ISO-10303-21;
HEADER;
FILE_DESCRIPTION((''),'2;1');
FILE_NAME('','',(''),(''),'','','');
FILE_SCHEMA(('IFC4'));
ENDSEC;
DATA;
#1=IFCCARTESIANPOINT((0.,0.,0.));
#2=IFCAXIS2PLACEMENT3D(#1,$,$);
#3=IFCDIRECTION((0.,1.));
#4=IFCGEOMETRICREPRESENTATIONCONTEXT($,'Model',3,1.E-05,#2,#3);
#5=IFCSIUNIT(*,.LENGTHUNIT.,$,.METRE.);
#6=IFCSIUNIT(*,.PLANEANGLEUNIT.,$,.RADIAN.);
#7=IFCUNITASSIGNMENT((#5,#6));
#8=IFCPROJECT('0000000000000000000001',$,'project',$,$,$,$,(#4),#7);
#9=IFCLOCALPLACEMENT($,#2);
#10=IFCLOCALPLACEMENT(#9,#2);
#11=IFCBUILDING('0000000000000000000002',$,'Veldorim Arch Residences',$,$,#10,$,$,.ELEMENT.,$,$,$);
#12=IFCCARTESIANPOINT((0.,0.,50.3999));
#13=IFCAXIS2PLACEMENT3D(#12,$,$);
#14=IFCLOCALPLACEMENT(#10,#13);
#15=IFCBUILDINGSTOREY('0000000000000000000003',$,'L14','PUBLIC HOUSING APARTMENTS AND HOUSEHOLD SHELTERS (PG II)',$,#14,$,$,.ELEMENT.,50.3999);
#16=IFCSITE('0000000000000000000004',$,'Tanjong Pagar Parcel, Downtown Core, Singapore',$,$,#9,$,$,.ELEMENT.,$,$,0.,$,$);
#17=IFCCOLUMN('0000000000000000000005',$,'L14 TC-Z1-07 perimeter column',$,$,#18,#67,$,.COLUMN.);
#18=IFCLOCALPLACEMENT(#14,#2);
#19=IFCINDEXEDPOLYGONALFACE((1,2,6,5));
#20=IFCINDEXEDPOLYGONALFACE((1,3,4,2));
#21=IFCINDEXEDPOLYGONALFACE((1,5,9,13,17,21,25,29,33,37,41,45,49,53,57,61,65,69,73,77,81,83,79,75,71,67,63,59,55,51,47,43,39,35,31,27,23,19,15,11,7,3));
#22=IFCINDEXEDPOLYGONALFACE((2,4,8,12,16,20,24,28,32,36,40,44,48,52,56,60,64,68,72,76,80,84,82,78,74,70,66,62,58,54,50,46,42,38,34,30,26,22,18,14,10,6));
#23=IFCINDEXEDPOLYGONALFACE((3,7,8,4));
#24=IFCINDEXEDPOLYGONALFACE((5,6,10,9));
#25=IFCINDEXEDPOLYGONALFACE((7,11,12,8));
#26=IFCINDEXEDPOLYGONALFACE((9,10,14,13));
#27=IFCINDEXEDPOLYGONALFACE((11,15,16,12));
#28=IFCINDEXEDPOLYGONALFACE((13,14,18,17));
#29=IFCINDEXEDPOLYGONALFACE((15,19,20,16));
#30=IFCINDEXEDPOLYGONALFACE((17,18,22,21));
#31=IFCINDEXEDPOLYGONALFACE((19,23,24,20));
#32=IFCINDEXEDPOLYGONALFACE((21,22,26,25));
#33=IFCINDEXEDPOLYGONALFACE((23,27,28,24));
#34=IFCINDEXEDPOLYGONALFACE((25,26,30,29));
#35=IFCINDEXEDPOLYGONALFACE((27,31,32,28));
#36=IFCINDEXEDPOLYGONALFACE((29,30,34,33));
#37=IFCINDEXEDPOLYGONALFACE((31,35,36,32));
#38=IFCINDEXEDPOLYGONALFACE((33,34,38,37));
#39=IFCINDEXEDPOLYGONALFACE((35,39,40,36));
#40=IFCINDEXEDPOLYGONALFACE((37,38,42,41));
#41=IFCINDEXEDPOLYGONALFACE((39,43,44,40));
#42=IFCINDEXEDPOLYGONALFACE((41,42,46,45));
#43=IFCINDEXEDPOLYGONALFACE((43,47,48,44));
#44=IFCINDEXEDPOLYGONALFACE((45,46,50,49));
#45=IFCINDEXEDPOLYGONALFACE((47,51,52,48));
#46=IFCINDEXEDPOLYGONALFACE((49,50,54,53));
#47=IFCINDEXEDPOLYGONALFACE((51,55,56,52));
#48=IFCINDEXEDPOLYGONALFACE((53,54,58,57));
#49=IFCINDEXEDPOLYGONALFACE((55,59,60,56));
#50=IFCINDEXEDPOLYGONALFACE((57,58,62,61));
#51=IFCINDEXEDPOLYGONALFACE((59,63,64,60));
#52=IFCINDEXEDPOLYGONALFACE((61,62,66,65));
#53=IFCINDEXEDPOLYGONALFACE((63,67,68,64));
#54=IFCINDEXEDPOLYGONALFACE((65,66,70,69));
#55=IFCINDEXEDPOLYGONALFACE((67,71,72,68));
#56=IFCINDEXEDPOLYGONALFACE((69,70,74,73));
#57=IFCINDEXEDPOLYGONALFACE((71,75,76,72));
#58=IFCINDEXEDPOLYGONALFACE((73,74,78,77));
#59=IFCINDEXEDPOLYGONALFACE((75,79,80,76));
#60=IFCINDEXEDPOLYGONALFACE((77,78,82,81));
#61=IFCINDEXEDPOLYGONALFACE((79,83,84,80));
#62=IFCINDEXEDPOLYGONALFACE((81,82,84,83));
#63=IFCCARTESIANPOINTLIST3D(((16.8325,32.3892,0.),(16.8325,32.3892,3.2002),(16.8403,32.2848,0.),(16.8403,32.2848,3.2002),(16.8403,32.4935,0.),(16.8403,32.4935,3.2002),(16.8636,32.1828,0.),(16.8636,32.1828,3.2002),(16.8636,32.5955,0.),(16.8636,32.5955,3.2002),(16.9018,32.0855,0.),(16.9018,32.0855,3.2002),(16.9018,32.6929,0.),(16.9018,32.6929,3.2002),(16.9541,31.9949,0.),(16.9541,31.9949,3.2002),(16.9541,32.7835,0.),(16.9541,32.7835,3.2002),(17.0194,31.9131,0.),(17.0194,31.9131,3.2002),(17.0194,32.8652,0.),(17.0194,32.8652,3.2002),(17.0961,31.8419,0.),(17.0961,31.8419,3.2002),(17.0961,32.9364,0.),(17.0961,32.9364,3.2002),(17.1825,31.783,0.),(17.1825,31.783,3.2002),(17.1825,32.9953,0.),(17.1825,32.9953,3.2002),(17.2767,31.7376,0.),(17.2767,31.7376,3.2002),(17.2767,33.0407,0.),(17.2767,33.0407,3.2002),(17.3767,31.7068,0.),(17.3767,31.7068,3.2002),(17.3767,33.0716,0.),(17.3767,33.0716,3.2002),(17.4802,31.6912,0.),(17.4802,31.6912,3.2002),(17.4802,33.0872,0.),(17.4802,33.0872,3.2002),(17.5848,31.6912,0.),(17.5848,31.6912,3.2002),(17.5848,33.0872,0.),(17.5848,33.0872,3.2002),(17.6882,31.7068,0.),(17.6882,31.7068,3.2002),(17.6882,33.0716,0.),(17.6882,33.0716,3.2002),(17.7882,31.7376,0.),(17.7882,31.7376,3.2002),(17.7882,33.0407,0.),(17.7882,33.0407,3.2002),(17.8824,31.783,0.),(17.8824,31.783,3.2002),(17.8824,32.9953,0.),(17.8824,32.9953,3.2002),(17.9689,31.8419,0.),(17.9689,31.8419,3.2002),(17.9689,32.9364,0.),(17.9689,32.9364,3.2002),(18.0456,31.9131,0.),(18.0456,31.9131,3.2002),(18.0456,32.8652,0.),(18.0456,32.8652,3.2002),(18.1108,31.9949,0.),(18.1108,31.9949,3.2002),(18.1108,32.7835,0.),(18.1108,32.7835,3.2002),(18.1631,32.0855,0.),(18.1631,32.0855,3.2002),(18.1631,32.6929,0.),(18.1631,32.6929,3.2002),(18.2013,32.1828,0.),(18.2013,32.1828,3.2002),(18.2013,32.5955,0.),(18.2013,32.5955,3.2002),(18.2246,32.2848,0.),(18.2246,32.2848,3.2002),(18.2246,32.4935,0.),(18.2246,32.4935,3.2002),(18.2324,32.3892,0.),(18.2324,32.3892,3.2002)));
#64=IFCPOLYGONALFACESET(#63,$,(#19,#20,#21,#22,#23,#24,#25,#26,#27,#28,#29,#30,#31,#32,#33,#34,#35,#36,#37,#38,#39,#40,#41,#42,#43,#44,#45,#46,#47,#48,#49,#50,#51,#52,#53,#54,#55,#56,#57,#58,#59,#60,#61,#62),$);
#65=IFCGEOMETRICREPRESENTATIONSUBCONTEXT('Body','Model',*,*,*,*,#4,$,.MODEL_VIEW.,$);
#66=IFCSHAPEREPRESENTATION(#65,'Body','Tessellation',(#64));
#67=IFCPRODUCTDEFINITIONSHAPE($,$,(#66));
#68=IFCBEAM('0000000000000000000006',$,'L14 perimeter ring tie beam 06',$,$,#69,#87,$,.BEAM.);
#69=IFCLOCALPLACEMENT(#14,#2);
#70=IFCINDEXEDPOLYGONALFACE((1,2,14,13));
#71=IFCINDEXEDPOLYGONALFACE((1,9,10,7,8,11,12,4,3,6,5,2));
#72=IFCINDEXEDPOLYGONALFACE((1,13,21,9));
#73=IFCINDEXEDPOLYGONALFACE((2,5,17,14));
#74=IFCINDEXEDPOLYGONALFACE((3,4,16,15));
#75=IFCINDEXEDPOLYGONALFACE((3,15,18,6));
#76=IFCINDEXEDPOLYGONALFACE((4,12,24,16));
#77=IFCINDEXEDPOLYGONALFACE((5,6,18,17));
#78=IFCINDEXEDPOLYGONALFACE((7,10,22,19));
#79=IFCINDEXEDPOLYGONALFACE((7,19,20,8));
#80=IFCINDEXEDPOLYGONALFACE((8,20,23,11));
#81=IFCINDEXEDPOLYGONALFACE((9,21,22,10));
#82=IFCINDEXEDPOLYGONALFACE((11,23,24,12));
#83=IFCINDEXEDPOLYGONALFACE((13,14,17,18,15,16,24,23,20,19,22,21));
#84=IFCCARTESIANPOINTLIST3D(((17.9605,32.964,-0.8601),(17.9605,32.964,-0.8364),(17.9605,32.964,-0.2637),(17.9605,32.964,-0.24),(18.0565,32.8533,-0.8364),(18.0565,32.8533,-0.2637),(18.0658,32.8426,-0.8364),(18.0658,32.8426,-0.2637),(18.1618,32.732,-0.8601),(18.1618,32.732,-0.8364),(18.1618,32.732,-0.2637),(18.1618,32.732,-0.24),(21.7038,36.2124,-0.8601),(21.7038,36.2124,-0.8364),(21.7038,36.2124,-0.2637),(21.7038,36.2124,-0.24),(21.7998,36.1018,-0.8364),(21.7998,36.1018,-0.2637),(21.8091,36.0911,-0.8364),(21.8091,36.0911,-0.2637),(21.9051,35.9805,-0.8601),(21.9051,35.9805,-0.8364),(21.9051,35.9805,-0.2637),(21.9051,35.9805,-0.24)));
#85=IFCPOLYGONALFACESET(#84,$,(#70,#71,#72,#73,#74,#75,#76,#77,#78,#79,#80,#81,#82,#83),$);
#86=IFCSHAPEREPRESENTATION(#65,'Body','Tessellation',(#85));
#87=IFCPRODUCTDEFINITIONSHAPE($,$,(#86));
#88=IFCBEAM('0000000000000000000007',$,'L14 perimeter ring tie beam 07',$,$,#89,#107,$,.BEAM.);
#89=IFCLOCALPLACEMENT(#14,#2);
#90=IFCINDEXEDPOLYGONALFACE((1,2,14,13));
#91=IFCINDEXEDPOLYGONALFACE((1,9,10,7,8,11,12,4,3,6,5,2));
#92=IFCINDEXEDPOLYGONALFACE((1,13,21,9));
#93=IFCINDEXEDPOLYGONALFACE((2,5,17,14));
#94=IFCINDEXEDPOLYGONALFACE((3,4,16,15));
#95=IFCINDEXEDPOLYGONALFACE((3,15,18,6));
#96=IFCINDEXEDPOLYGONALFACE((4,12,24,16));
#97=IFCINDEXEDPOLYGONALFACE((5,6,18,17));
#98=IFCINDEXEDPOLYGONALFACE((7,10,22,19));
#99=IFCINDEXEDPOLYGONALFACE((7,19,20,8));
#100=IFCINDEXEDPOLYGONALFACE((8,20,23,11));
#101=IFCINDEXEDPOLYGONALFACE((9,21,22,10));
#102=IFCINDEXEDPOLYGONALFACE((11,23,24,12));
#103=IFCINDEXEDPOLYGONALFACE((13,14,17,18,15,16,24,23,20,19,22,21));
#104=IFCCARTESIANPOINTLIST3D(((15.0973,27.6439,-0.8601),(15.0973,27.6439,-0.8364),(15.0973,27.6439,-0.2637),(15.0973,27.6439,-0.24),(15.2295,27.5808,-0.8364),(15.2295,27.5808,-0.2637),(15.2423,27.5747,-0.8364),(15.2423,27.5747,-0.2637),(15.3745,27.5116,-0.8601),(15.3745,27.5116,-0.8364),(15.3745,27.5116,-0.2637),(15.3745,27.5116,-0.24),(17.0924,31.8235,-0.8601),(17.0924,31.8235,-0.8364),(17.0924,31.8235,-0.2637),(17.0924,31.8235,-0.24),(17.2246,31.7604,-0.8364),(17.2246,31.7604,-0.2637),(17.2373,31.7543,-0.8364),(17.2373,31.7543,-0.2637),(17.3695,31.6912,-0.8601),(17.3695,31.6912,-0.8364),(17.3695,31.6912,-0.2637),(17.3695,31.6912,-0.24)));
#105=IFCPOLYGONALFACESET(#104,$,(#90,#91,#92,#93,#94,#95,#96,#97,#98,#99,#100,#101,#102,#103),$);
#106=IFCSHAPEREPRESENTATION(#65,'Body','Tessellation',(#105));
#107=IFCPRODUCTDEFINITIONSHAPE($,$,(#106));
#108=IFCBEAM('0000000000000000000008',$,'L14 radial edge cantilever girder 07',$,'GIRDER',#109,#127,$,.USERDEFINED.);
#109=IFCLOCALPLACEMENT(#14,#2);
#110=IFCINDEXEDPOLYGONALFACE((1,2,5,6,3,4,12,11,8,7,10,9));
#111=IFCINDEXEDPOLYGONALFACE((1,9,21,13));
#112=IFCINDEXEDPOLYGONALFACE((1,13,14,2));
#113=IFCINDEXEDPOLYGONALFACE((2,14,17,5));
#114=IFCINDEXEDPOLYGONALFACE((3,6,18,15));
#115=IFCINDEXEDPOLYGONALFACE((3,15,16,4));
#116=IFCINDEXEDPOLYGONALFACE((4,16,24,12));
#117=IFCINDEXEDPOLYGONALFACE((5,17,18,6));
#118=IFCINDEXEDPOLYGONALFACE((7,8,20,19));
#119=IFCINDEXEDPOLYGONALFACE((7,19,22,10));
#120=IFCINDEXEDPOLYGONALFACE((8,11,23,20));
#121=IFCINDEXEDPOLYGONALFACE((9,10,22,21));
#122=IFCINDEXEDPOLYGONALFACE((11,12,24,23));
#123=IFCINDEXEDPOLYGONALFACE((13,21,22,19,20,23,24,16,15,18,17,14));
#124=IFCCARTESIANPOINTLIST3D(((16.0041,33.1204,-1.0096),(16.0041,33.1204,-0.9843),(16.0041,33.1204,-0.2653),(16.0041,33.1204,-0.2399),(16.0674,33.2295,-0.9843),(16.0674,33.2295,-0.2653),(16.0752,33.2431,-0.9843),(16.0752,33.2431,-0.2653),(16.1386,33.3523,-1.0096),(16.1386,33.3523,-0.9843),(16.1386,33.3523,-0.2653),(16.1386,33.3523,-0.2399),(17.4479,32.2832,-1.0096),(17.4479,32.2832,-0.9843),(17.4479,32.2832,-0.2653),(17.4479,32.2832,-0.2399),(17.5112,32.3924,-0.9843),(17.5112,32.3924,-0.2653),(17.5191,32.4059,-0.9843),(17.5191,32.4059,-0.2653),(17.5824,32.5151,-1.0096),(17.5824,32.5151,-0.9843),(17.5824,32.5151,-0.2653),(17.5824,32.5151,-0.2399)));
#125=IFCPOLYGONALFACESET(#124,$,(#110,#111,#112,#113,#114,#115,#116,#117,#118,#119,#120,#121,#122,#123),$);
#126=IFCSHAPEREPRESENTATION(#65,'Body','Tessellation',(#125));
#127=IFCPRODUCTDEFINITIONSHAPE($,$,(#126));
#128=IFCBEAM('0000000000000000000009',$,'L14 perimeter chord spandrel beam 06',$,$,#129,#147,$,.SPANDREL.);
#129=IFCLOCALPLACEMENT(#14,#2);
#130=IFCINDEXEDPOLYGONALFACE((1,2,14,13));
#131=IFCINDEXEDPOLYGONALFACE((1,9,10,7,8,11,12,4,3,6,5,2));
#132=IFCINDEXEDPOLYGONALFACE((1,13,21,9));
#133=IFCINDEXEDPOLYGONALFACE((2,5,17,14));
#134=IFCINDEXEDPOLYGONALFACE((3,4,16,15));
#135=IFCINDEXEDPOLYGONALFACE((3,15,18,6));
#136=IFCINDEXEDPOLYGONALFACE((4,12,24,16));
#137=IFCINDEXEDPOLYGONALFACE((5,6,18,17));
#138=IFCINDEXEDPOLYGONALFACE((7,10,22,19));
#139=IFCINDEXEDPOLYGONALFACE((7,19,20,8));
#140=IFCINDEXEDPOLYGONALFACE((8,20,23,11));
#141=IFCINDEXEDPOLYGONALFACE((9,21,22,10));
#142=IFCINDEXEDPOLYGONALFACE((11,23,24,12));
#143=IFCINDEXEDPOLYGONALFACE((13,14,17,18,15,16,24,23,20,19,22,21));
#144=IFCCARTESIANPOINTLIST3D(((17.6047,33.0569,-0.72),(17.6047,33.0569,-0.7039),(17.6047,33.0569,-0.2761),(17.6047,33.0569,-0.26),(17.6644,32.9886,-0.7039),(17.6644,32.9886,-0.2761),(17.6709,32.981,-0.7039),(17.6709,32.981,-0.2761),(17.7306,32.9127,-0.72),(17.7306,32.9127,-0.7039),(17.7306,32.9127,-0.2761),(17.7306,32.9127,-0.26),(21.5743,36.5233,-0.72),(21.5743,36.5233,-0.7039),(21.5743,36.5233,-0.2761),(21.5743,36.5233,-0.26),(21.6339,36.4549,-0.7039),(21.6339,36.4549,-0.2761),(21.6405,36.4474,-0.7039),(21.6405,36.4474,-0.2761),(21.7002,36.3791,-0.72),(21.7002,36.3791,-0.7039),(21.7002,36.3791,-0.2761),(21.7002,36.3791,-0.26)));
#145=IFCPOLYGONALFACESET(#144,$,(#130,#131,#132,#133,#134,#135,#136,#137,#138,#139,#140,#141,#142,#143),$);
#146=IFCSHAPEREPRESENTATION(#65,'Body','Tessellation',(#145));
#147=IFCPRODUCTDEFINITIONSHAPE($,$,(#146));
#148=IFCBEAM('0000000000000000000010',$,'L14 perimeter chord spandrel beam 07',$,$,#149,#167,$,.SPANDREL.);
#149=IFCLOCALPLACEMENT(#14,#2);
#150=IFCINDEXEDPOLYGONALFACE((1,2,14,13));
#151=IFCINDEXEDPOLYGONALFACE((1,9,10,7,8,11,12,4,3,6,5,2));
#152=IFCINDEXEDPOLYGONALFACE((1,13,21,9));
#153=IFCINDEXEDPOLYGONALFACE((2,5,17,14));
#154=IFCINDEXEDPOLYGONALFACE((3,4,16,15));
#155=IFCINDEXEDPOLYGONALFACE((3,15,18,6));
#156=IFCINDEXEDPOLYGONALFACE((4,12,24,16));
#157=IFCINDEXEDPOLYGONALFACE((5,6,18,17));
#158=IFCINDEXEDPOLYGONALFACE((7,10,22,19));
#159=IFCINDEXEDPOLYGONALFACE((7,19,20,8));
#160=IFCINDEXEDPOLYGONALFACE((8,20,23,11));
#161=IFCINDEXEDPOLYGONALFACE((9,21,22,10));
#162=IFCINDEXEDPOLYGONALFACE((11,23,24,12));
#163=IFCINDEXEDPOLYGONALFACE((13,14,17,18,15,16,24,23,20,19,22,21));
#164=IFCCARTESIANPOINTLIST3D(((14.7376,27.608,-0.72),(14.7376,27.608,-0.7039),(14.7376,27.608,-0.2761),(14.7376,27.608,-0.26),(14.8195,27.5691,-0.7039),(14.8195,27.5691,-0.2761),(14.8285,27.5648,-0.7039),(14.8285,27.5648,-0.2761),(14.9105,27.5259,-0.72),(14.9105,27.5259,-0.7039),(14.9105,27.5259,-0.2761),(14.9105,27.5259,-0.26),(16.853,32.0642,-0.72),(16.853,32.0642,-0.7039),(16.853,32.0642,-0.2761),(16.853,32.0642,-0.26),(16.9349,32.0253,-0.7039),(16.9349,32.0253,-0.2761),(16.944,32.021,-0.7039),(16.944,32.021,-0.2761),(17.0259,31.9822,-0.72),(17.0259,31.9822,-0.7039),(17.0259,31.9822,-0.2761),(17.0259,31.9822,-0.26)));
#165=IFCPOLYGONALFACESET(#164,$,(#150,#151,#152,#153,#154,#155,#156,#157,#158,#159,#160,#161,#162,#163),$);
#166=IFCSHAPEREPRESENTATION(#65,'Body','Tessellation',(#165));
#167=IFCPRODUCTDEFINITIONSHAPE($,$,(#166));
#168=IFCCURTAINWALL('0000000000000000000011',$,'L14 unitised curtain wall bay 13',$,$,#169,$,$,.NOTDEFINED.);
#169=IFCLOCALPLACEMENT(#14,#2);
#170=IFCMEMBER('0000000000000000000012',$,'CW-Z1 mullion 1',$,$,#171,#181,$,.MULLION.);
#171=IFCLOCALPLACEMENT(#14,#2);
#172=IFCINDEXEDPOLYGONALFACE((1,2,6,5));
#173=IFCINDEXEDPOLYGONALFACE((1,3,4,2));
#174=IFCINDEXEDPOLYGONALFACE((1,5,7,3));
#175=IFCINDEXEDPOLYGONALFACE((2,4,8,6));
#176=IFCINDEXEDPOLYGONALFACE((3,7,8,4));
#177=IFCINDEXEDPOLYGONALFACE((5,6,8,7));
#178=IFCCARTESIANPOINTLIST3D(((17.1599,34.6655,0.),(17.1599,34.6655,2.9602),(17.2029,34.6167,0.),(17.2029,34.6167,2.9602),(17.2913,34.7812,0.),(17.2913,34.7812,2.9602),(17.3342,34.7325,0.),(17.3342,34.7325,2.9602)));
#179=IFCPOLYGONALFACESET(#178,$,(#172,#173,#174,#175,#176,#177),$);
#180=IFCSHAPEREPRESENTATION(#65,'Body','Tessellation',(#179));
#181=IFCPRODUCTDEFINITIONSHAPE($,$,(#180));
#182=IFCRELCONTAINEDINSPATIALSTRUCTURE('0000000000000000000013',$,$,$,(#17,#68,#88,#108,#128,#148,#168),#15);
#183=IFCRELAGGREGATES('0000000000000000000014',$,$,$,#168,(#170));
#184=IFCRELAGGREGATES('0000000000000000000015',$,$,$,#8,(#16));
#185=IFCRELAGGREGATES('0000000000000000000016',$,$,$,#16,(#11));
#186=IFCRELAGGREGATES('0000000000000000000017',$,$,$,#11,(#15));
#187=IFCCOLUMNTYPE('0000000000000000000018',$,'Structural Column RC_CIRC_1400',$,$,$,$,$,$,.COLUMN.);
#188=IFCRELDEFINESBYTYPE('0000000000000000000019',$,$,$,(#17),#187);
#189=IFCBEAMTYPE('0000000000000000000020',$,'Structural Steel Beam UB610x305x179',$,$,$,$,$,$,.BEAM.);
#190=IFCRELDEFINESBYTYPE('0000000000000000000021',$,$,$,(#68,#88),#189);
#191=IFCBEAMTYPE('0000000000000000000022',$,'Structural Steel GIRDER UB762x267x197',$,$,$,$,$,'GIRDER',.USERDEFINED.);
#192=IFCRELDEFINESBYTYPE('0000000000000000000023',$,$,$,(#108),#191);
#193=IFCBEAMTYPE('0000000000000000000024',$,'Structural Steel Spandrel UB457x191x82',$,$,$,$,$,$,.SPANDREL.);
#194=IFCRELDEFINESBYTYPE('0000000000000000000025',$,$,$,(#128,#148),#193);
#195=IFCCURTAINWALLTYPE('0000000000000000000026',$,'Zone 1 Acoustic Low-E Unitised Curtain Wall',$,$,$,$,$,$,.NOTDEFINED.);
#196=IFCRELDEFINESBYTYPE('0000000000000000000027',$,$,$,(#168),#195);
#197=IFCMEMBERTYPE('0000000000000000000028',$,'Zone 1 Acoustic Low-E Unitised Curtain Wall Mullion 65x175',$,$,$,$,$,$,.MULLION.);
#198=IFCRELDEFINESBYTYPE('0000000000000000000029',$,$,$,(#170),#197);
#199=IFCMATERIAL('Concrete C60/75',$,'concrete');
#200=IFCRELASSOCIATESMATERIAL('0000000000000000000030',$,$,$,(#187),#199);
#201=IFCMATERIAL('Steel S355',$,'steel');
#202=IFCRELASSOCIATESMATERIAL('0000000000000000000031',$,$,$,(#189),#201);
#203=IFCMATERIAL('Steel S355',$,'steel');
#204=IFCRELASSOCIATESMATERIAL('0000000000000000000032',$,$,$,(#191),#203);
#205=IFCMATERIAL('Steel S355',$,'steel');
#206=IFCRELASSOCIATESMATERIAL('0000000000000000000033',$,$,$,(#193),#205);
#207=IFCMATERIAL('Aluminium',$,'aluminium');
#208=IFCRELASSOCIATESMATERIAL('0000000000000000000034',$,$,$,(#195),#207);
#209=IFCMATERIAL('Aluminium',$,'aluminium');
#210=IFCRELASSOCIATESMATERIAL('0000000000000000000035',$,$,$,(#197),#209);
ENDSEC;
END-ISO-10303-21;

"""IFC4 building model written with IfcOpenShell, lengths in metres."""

from ifc_helpers import new_model, si_unit, direction, frame, origin, origin_2d, place, context, subcontext, project, spatial, rectangle, circle, i_section, extrude, material, material_profile, profile_set, type_object, element, aggregate, save


model = new_model("IFC4")

# Units and contexts
model_context = context("Model", 3, precision=1e-05, world=origin(), true_north=direction((0.0, 1.0)))
body_context = subcontext(model_context, "Body", "Model", "MODEL_VIEW")
ifc_project = project(units=[si_unit("LENGTHUNIT", "METRE"), si_unit("PLANEANGLEUNIT", "RADIAN")], contexts=[model_context])

# Site, building, storey
site_placement = place(None, origin())
site = spatial("IfcSite", under=ifc_project, at=site_placement, Name="Tanjong Pagar Parcel, Downtown Core, Singapore", CompositionType="ELEMENT", RefElevation=0.0)
building_placement = place(site_placement, origin())
building = spatial("IfcBuilding", under=site, at=building_placement, Name="Veldorim Arch Residences", CompositionType="ELEMENT")
storey_placement = place(building_placement, frame((0.0, 0.0, 50.3999)))
storey = spatial("IfcBuildingStorey", under=building, at=storey_placement, Name="L14", Description="PUBLIC HOUSING APARTMENTS AND HOUSEHOLD SHELTERS (PG II)", CompositionType="ELEMENT", Elevation=50.3999)

# Column
ifc_material_1 = material(Name="Concrete C60/75", Category="concrete")
ifc_material_profile_1 = material_profile(ifc_material_1, circle(Radius=0.7, at=origin_2d()), Name="RC_CIRC_1400")
ifc_profile_set_1 = profile_set([ifc_material_profile_1], Name="Concrete C60/75")
column_type = type_object("IfcColumnType", Name="Structural Column RC_CIRC_1400", PredefinedType="COLUMN", material=ifc_profile_set_1)
column_placement = place(storey_placement, frame((17.5325, 32.3892, 0.0), z_axis=(0.0, 0.0, 1.0), x_axis=(1.0, 0.0, 0.0)))
element("IfcColumn", 1, at=column_placement, inside=storey, type_object=column_type, Name="L14 TC-Z1-07 perimeter column", PredefinedType="COLUMN", context=body_context, shape_type="SweptSolid", body=[
    extrude(circle(Radius=0.7, at=origin_2d()), origin(), (0.0, 0.0, 1.0), 3.2002),
])

# Beams
ifc_material_2 = material(Name="Steel S355", Category="steel")
ifc_material_profile_2 = material_profile(ifc_material_2, i_section(OverallWidth=0.3071, OverallDepth=0.6201, WebThickness=0.0142, FlangeThickness=0.0237, at=origin_2d()), Name="UB610x305x179")
ifc_profile_set_2 = profile_set([ifc_material_profile_2], Name="Steel S355")
beam_type_1 = type_object("IfcBeamType", Name="Structural Steel Beam UB610x305x179", PredefinedType="BEAM", material=ifc_profile_set_2)
beam_1_placement = place(storey_placement, frame((21.8044, 36.0964, -0.55), z_axis=(-0.755265, -0.65542, 0.0), x_axis=(0.65542, -0.755265, 0.0)))
element("IfcBeam", 2, at=beam_1_placement, inside=storey, type_object=beam_type_1, Name="L14 perimeter ring tie beam 06", PredefinedType="BEAM", context=body_context, shape_type="SweptSolid", body=[
    extrude(i_section(OverallWidth=0.3071, OverallDepth=0.6201, WebThickness=0.0142, FlangeThickness=0.0237, at=origin_2d()), origin(), (0.0, 0.0, 1.0), 4.9563),
])
beam_2_placement = place(storey_placement, frame((17.231, 31.7573, -0.55), z_axis=(-0.430776, -0.902459, 0.0), x_axis=(0.902459, -0.430776, 0.0)))
element("IfcBeam", 3, at=beam_2_placement, inside=storey, type_object=beam_type_1, Name="L14 perimeter ring tie beam 07", PredefinedType="BEAM", context=body_context, shape_type="SweptSolid", body=[
    extrude(i_section(OverallWidth=0.3071, OverallDepth=0.6201, WebThickness=0.0142, FlangeThickness=0.0237, at=origin_2d()), origin(), (0.0, 0.0, 1.0), 4.6313),
])
ifc_material_3 = material(Name="Steel S355", Category="steel")
ifc_material_profile_3 = material_profile(ifc_material_3, i_section(OverallWidth=0.2681, OverallDepth=0.7698, WebThickness=0.0156, FlangeThickness=0.0254, at=origin_2d()), Name="UB762x267x197")
ifc_profile_set_3 = profile_set([ifc_material_profile_3], Name="Steel S355")
beam_type_2 = type_object("IfcBeamType", Name="Structural Steel GIRDER UB762x267x197", ElementType="GIRDER", PredefinedType="USERDEFINED", material=ifc_profile_set_3)
beam_3_placement = place(storey_placement, frame((17.5151, 32.3992, -0.6248), z_axis=(-0.865102, 0.501595, 0.0), x_axis=(-0.501595, -0.865102, 0.0)))
element("IfcBeam", 4, at=beam_3_placement, inside=storey, type_object=beam_type_2, Name="L14 radial edge cantilever girder 07", ObjectType="GIRDER", PredefinedType="USERDEFINED", context=body_context, shape_type="SweptSolid", body=[
    extrude(i_section(OverallWidth=0.2681, OverallDepth=0.7698, WebThickness=0.0156, FlangeThickness=0.0254, at=origin_2d()), origin(), (0.0, 0.0, 1.0), 1.6689),
])
ifc_material_4 = material(Name="Steel S355", Category="steel")
ifc_material_profile_4 = material_profile(ifc_material_4, i_section(OverallWidth=0.1914, OverallDepth=0.46, WebThickness=0.01, FlangeThickness=0.0161, at=origin_2d()), Name="UB457x191x82")
ifc_profile_set_4 = profile_set([ifc_material_profile_4], Name="Steel S355")
beam_type_3 = type_object("IfcBeamType", Name="Structural Steel Spandrel UB457x191x82", PredefinedType="SPANDREL", material=ifc_profile_set_4)
beam_4_placement = place(storey_placement, frame((21.6372, 36.4512, -0.49), z_axis=(-0.753234, -0.657753, 0.0), x_axis=(0.657753, -0.753234, 0.0)))
element("IfcBeam", 5, at=beam_4_placement, inside=storey, type_object=beam_type_3, Name="L14 perimeter chord spandrel beam 06", PredefinedType="SPANDREL", context=body_context, shape_type="SweptSolid", body=[
    extrude(i_section(OverallWidth=0.1914, OverallDepth=0.46, WebThickness=0.01, FlangeThickness=0.0161, at=origin_2d()), origin(), (0.0, 0.0, 1.0), 5.27),
])
beam_5_placement = place(storey_placement, frame((16.9395, 32.0232, -0.49), z_axis=(-0.428848, -0.903377, 0.0), x_axis=(0.903377, -0.428848, 0.0)))
element("IfcBeam", 6, at=beam_5_placement, inside=storey, type_object=beam_type_3, Name="L14 perimeter chord spandrel beam 07", PredefinedType="SPANDREL", context=body_context, shape_type="SweptSolid", body=[
    extrude(i_section(OverallWidth=0.1914, OverallDepth=0.46, WebThickness=0.01, FlangeThickness=0.0161, at=origin_2d()), origin(), (0.0, 0.0, 1.0), 4.9329),
])

# Curtain wall, member
ifc_material_5 = material(Name="Aluminium", Category="aluminium")
curtain_wall_type = type_object("IfcCurtainWallType", Name="Zone 1 Acoustic Low-E Unitised Curtain Wall", PredefinedType="NOTDEFINED", material=ifc_material_5)
curtain_wall_placement = place(storey_placement, origin())
curtain_wall = element("IfcCurtainWall", 7, at=curtain_wall_placement, inside=storey, type_object=curtain_wall_type, Name="L14 unitised curtain wall bay 13", PredefinedType="NOTDEFINED")
ifc_material_6 = material(Name="Aluminium", Category="aluminium")
ifc_material_profile_5 = material_profile(ifc_material_6, rectangle(XDim=0.0649, YDim=0.175, at=origin_2d()), Name="ALU_MUL_65x175")
ifc_profile_set_5 = profile_set([ifc_material_profile_5], Name="Aluminium")
member_type_1 = type_object("IfcMemberType", Name="Zone 1 Acoustic Low-E Unitised Curtain Wall Mullion 65x175", PredefinedType="MULLION", material=ifc_profile_set_5)
member_1_placement = place(storey_placement, frame((17.2471, 34.699, 0.0), z_axis=(0.0, 0.0, 1.0), x_axis=(-0.661207, 0.750204, 0.0)))
member_1 = element("IfcMember", 8, at=member_1_placement, type_object=member_type_1, Name="CW-Z1 mullion 1", PredefinedType="MULLION", context=body_context, shape_type="SweptSolid", body=[
    extrude(rectangle(XDim=0.0649, YDim=0.175, at=origin_2d()), origin(), (0.0, 0.0, 1.0), 2.9602),
])
aggregate(curtain_wall, [member_1])

save(model, "model.ifc")
